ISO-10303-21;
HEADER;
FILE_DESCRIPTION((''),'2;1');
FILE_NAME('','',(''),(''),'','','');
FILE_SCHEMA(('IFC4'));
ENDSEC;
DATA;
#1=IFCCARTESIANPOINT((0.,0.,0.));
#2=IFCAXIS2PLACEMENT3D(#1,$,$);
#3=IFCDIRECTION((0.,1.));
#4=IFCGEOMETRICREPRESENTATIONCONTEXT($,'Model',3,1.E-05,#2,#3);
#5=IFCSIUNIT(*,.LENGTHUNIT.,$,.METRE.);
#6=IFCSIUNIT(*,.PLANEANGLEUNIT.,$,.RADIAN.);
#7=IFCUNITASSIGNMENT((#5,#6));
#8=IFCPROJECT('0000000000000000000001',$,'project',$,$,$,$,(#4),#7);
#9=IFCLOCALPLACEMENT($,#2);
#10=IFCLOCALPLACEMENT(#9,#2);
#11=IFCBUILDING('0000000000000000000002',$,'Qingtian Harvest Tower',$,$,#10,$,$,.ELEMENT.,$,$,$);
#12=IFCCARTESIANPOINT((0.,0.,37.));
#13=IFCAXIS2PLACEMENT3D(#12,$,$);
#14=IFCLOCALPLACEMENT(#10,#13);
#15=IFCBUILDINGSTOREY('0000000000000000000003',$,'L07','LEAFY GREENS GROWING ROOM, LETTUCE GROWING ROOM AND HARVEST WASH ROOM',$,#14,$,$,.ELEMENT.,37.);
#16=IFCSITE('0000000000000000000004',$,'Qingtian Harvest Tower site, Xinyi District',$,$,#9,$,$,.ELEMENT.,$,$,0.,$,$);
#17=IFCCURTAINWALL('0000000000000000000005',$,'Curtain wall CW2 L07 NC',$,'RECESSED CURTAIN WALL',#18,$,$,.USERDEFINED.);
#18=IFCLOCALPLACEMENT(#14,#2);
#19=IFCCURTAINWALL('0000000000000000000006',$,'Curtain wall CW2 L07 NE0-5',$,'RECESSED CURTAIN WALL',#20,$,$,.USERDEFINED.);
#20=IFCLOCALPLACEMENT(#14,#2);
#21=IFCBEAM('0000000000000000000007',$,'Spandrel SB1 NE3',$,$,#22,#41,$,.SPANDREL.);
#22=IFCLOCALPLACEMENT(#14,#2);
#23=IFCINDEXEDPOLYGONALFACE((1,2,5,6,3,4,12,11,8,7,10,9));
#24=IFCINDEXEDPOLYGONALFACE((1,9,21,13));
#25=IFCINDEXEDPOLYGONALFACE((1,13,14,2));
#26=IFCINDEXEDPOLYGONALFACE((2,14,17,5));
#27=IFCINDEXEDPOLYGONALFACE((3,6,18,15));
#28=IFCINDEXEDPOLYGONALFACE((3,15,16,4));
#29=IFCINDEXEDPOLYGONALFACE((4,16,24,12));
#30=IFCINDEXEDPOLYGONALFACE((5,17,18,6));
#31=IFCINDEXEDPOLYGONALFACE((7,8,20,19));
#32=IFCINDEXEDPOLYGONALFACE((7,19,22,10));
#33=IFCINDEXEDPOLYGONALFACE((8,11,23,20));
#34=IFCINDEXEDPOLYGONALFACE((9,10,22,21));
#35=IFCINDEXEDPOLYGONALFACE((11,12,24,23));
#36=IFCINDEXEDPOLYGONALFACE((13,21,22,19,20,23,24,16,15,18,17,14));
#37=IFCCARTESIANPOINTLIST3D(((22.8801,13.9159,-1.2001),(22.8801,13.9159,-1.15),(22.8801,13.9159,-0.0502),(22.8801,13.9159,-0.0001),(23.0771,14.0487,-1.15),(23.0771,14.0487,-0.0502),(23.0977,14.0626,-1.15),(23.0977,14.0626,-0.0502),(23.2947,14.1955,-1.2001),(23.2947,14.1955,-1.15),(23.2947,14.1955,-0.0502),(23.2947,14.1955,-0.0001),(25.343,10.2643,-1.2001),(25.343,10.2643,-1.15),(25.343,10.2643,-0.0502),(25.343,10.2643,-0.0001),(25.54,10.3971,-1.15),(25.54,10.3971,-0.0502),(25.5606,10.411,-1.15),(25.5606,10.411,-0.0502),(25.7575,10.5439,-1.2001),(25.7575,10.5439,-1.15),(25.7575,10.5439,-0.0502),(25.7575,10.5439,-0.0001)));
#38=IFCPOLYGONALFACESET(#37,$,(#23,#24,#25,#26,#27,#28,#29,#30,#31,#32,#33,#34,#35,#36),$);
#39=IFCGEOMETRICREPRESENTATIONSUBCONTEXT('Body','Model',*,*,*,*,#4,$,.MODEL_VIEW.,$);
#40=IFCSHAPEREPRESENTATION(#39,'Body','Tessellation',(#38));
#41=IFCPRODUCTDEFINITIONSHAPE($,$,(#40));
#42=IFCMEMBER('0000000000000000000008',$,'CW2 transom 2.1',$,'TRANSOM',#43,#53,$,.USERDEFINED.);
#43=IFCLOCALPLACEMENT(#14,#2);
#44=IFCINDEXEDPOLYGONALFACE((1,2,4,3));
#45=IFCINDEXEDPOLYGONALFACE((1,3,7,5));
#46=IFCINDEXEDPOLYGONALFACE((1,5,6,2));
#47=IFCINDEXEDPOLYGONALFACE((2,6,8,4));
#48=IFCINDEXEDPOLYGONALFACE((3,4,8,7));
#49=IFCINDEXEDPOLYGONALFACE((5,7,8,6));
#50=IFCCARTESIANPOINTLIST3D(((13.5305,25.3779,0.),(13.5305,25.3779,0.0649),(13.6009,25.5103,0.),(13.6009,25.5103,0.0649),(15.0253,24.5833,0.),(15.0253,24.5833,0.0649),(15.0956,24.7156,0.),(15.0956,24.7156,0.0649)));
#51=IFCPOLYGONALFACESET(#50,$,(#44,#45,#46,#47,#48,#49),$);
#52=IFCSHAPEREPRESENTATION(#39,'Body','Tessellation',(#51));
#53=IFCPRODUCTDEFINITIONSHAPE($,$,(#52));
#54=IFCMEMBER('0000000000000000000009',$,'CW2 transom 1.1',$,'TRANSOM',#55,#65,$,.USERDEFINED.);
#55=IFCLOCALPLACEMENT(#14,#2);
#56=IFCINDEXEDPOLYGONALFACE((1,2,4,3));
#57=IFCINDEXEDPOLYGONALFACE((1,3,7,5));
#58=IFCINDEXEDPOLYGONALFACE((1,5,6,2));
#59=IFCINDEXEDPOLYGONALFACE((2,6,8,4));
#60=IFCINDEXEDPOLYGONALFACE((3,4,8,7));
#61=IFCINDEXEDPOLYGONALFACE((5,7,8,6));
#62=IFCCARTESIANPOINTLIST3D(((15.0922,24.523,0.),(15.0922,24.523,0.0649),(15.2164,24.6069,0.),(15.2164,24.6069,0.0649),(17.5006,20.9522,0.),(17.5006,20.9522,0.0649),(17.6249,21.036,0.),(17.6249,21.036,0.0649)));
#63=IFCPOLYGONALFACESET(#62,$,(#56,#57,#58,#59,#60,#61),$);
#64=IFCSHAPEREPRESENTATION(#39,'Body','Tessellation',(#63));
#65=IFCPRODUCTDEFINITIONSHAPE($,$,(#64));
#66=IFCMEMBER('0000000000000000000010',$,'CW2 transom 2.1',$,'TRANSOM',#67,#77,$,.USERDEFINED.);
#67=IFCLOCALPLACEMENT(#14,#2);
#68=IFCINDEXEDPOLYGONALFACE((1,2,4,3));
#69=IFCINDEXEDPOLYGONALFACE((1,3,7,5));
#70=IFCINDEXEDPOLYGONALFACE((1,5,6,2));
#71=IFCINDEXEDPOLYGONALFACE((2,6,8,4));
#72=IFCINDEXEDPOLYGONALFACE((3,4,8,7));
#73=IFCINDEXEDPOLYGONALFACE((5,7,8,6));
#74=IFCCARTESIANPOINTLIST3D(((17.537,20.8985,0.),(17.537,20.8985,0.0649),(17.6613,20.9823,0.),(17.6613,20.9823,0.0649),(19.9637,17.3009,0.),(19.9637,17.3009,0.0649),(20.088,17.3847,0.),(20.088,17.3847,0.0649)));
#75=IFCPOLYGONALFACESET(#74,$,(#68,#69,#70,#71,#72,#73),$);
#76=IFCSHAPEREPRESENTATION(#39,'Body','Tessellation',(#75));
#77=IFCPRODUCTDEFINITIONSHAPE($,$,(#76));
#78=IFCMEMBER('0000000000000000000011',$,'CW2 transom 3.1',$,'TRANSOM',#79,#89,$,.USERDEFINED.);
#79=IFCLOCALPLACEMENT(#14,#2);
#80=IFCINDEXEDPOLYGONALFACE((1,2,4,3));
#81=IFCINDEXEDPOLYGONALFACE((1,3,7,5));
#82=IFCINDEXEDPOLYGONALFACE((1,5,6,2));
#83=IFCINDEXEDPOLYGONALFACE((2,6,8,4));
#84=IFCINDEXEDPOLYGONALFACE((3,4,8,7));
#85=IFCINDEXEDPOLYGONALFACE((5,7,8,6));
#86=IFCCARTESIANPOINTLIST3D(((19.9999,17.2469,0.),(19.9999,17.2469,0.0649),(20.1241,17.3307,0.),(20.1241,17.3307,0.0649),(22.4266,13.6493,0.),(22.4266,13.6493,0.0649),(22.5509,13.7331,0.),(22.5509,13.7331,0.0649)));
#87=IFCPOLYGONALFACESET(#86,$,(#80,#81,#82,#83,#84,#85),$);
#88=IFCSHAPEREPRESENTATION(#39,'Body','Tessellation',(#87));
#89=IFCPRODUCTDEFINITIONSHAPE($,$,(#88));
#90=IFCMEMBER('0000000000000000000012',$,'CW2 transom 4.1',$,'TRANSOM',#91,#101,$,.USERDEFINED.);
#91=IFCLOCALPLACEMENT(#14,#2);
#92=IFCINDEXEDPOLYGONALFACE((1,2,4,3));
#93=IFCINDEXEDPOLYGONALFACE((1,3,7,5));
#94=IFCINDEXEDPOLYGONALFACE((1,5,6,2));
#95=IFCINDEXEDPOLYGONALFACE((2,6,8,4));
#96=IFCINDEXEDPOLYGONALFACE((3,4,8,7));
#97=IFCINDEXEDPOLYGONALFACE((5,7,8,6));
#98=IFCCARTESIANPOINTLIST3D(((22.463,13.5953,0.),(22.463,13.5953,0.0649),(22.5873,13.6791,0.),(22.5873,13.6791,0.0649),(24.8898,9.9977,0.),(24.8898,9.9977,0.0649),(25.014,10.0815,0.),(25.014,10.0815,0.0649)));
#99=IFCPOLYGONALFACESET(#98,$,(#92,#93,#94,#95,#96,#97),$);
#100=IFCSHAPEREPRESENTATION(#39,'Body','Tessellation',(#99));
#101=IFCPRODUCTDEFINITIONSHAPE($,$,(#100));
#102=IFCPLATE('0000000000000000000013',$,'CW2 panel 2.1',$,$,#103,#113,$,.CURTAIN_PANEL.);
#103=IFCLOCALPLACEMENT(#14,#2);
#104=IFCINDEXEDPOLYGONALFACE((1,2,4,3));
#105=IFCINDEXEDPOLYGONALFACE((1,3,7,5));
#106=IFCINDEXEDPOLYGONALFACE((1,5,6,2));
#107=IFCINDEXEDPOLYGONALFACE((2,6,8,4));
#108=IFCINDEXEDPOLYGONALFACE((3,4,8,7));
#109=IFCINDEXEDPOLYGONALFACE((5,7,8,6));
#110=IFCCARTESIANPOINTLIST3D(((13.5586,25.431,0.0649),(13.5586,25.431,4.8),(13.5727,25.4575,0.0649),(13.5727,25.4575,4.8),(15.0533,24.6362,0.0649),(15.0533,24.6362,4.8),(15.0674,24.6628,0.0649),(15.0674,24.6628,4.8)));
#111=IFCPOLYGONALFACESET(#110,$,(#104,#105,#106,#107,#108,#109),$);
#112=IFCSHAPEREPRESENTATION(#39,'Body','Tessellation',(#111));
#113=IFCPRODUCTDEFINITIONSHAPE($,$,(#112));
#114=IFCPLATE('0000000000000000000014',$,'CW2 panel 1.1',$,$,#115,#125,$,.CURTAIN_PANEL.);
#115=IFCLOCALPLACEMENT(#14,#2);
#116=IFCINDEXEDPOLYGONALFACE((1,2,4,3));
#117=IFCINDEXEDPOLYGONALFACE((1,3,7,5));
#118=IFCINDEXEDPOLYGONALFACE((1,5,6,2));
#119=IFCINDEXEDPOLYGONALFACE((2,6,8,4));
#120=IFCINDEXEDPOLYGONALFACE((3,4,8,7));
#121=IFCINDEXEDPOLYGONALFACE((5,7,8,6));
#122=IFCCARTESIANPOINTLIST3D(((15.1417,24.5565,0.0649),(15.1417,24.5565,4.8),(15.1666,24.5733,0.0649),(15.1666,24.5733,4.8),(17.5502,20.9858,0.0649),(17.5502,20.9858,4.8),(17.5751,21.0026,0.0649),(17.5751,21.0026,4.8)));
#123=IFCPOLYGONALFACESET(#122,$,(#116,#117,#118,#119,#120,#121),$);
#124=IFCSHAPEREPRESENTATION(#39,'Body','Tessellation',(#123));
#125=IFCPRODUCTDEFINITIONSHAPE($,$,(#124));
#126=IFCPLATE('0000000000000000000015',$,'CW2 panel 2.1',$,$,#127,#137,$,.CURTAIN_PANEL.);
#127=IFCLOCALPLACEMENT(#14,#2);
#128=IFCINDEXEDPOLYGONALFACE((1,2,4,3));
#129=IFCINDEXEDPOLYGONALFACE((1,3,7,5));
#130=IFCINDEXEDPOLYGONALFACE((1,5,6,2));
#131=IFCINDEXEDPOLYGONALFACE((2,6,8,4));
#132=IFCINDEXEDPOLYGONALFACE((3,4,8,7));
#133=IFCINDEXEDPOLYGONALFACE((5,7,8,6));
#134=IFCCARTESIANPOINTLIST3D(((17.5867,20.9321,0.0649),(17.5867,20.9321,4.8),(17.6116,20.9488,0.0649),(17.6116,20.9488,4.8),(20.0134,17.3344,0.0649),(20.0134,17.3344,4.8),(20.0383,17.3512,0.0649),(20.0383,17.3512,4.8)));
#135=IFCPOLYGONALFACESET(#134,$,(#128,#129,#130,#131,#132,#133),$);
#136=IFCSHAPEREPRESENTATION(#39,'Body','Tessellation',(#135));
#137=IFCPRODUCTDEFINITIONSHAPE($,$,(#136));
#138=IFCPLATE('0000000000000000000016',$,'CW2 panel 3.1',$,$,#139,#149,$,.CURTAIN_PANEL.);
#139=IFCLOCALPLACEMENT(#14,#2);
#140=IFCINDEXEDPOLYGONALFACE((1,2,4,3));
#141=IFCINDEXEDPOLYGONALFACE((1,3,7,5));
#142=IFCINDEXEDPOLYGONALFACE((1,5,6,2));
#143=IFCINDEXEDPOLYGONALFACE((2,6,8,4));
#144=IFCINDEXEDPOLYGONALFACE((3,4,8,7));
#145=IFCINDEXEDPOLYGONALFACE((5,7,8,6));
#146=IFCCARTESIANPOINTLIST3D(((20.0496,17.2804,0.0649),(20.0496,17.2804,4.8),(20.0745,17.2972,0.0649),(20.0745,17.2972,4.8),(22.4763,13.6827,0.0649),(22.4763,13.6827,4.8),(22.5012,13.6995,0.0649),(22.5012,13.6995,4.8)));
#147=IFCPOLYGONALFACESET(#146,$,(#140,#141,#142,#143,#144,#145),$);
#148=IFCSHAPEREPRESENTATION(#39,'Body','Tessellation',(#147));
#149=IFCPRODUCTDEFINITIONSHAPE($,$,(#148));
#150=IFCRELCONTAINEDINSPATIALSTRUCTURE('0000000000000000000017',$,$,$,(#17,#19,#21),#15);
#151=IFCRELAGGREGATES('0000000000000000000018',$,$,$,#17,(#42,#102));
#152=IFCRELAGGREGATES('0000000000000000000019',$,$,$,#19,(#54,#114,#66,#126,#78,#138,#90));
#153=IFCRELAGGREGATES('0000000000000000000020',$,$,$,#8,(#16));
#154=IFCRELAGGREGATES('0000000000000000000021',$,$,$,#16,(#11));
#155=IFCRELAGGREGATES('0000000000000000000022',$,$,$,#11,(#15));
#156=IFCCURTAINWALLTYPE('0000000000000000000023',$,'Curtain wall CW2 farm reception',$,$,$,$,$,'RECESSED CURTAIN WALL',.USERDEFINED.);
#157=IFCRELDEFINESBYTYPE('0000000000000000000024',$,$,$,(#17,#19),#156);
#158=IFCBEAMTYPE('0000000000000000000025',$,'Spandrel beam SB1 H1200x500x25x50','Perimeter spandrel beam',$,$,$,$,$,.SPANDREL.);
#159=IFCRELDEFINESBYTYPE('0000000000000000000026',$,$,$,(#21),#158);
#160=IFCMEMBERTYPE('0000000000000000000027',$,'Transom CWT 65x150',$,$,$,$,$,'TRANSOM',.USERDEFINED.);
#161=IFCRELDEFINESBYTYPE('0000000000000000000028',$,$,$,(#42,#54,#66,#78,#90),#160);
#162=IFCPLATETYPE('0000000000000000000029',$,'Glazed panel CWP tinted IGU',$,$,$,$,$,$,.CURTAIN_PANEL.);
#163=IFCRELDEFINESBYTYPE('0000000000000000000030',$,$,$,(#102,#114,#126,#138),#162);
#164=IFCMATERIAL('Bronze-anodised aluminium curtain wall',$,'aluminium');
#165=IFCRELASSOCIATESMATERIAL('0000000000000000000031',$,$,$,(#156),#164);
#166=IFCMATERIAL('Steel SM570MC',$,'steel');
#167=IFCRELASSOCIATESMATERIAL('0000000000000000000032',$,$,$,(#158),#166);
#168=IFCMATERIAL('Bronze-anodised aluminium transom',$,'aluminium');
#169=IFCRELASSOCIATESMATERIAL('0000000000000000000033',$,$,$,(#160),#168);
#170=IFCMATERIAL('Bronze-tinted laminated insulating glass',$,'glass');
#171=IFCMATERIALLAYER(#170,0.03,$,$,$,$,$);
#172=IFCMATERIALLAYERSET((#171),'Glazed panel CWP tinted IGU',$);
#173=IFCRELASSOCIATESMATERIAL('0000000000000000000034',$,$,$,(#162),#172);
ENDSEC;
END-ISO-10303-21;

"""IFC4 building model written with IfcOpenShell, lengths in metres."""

from ifc_helpers import new_model, si_unit, direction, frame, origin, origin_2d, place, context, subcontext, project, spatial, rectangle, i_section, extrude, material, layer, layer_set, material_profile, profile_set, type_object, element, aggregate, save


model = new_model("IFC4")

# Units and contexts
model_context = context("Model", 3, precision=1e-05, world=origin(), true_north=direction((0.0, 1.0)))
body_context = subcontext(model_context, "Body", "Model", "MODEL_VIEW")
ifc_project = project(units=[si_unit("LENGTHUNIT", "METRE"), si_unit("PLANEANGLEUNIT", "RADIAN")], contexts=[model_context])

# Site, building, storey
site_placement = place(None, origin())
site = spatial("IfcSite", under=ifc_project, at=site_placement, Name="Qingtian Harvest Tower site, Xinyi District", CompositionType="ELEMENT", RefElevation=0.0)
building_placement = place(site_placement, origin())
building = spatial("IfcBuilding", under=site, at=building_placement, Name="Qingtian Harvest Tower", CompositionType="ELEMENT")
storey_placement = place(building_placement, frame((0.0, 0.0, 37.0)))
storey = spatial("IfcBuildingStorey", under=building, at=storey_placement, Name="L07", Description="LEAFY GREENS GROWING ROOM, LETTUCE GROWING ROOM AND HARVEST WASH ROOM", CompositionType="ELEMENT", Elevation=37.0)

# Curtain wall
ifc_material_1 = material(Name="Bronze-anodised aluminium curtain wall", Category="aluminium")
curtain_wall_type = type_object("IfcCurtainWallType", Name="Curtain wall CW2 farm reception", ElementType="RECESSED CURTAIN WALL", PredefinedType="USERDEFINED", material=ifc_material_1)
curtain_wall_1_placement = place(storey_placement, origin())
curtain_wall_1 = element("IfcCurtainWall", 1, at=curtain_wall_1_placement, inside=storey, type_object=curtain_wall_type, Name="Curtain wall CW2 L07 NC", ObjectType="RECESSED CURTAIN WALL", PredefinedType="USERDEFINED")

# Curtain wall
curtain_wall_2_placement = place(storey_placement, origin())
curtain_wall_2 = element("IfcCurtainWall", 2, at=curtain_wall_2_placement, inside=storey, type_object=curtain_wall_type, Name="Curtain wall CW2 L07 NE0-5", ObjectType="RECESSED CURTAIN WALL", PredefinedType="USERDEFINED")

# Beam
ifc_material_2 = material(Name="Steel SM570MC", Category="steel")
ifc_material_profile_1 = material_profile(ifc_material_2, i_section(OverallWidth=0.5, OverallDepth=1.2, WebThickness=0.0249, FlangeThickness=0.05, at=origin_2d()), Name="H1200x500x25x50")
ifc_profile_set_1 = profile_set([ifc_material_profile_1], Name="Steel SM570MC")
beam_type_1 = type_object("IfcBeamType", Name="Spandrel beam SB1 H1200x500x25x50", Description="Perimeter spandrel beam", PredefinedType="SPANDREL", material=ifc_profile_set_1)
for number, where, z_axis, x_axis, name in (
    (3, (23.0874, 14.0557, -0.6001), (0.559169, -0.829054, 0.0), (0.829054, 0.559169, 0.0), "Spandrel SB1 NE3"),
):
    element("IfcBeam", number, at=place(storey_placement, frame(where, z_axis=z_axis, x_axis=x_axis)), inside=storey, type_object=beam_type_1, Name=name, PredefinedType="SPANDREL", context=body_context, shape_type="SweptSolid", body=[
        extrude(i_section(OverallWidth=0.5, OverallDepth=1.2, WebThickness=0.0249, FlangeThickness=0.05, at=origin_2d()), origin(), (0.0, 0.0, 1.0), 4.4045),
    ])

# Members
ifc_material_3 = material(Name="Bronze-anodised aluminium transom", Category="aluminium")
ifc_material_profile_2 = material_profile(ifc_material_3, rectangle(XDim=0.1499, YDim=0.0649, at=origin_2d()), Name="AL 65x150")
ifc_profile_set_2 = profile_set([ifc_material_profile_2], Name="Bronze-anodised aluminium transom")
member_type_1 = type_object("IfcMemberType", Name="Transom CWT 65x150", ElementType="TRANSOM", PredefinedType="USERDEFINED", material=ifc_profile_set_2)
member_1_placement = place(storey_placement, frame((13.5657, 25.4441, 0.0325), z_axis=(0.882987, -0.469398, 0.0), x_axis=(0.469398, 0.882987, 0.0)))
member_1 = element("IfcMember", 4, at=member_1_placement, type_object=member_type_1, Name="CW2 transom 2.1", ObjectType="TRANSOM", PredefinedType="USERDEFINED", context=body_context, shape_type="SweptSolid", body=[
    extrude(rectangle(XDim=0.1499, YDim=0.0649, at=origin_2d()), origin(), (0.0, 0.0, 1.0), 1.6929),
])
member_2_placement = place(storey_placement, frame((15.1543, 24.5649, 0.0325), z_axis=(0.559179, -0.829047, 0.0), x_axis=(0.829047, 0.559179, 0.0)))
member_2 = element("IfcMember", 5, at=member_2_placement, type_object=member_type_1, Name="CW2 transom 1.1", ObjectType="TRANSOM", PredefinedType="USERDEFINED", context=body_context, shape_type="SweptSolid", body=[
    extrude(rectangle(XDim=0.1499, YDim=0.0649, at=origin_2d()), origin(), (0.0, 0.0, 1.0), 4.3071),
])
member_3_placement = place(storey_placement, frame((17.5991, 20.9404, 0.0325), z_axis=(0.55921, -0.829026, 0.0), x_axis=(0.829026, 0.55921, 0.0)))
member_3 = element("IfcMember", 6, at=member_3_placement, type_object=member_type_1, Name="CW2 transom 2.1", ObjectType="TRANSOM", PredefinedType="USERDEFINED", context=body_context, shape_type="SweptSolid", body=[
    extrude(rectangle(XDim=0.1499, YDim=0.0649, at=origin_2d()), origin(), (0.0, 0.0, 1.0), 4.3396),
])
member_4_placement = place(storey_placement, frame((20.062, 17.2888, 0.0325), z_axis=(0.55921, -0.829026, 0.0), x_axis=(0.829026, 0.55921, 0.0)))
member_4 = element("IfcMember", 7, at=member_4_placement, type_object=member_type_1, Name="CW2 transom 3.1", ObjectType="TRANSOM", PredefinedType="USERDEFINED", context=body_context, shape_type="SweptSolid", body=[
    extrude(rectangle(XDim=0.1499, YDim=0.0649, at=origin_2d()), origin(), (0.0, 0.0, 1.0), 4.3396),
])
member_5_placement = place(storey_placement, frame((22.5251, 13.6372, 0.0325), z_axis=(0.55921, -0.829026, 0.0), x_axis=(0.829026, 0.55921, 0.0)))
member_5 = element("IfcMember", 8, at=member_5_placement, type_object=member_type_1, Name="CW2 transom 4.1", ObjectType="TRANSOM", PredefinedType="USERDEFINED", context=body_context, shape_type="SweptSolid", body=[
    extrude(rectangle(XDim=0.1499, YDim=0.0649, at=origin_2d()), origin(), (0.0, 0.0, 1.0), 4.3396),
])

# Plates
ifc_material_4 = material(Name="Bronze-tinted laminated insulating glass", Category="glass")
ifc_layer = layer(ifc_material_4, 0.03)
ifc_layer_set = layer_set([ifc_layer], Name="Glazed panel CWP tinted IGU")
plate_type = type_object("IfcPlateType", Name="Glazed panel CWP tinted IGU", PredefinedType="CURTAIN_PANEL", material=ifc_layer_set)
plate_1_placement = place(storey_placement, frame((14.313, 25.0469, 0.0649), z_axis=(0.0, 0.0, 1.0), x_axis=(0.882948, -0.469472, 0.0)))
plate_1 = element("IfcPlate", 9, at=plate_1_placement, type_object=plate_type, Name="CW2 panel 2.1", PredefinedType="CURTAIN_PANEL", context=body_context, shape_type="SweptSolid", body=[
    extrude(rectangle(XDim=1.6929, YDim=0.03, at=origin_2d()), origin(), (0.0, 0.0, 1.0), 4.7351),
])
aggregate(curtain_wall_1, [member_1, plate_1])
plate_2_placement = place(storey_placement, frame((16.3584, 22.7795, 0.0649), z_axis=(0.0, 0.0, 1.0), x_axis=(0.559193, -0.829038, 0.0)))
plate_2 = element("IfcPlate", 10, at=plate_2_placement, type_object=plate_type, Name="CW2 panel 1.1", PredefinedType="CURTAIN_PANEL", context=body_context, shape_type="SweptSolid", body=[
    extrude(rectangle(XDim=4.3071, YDim=0.03, at=origin_2d()), origin(), (0.0, 0.0, 1.0), 4.7351),
])
plate_3_placement = place(storey_placement, frame((18.8125, 19.1416, 0.0649), z_axis=(0.0, 0.0, 1.0), x_axis=(0.559193, -0.829038, 0.0)))
plate_3 = element("IfcPlate", 11, at=plate_3_placement, type_object=plate_type, Name="CW2 panel 2.1", PredefinedType="CURTAIN_PANEL", context=body_context, shape_type="SweptSolid", body=[
    extrude(rectangle(XDim=4.3396, YDim=0.03, at=origin_2d()), origin(), (0.0, 0.0, 1.0), 4.7351),
])
plate_4_placement = place(storey_placement, frame((21.2754, 15.49, 0.0649), z_axis=(0.0, 0.0, 1.0), x_axis=(0.559193, -0.829038, 0.0)))
plate_4 = element("IfcPlate", 12, at=plate_4_placement, type_object=plate_type, Name="CW2 panel 3.1", PredefinedType="CURTAIN_PANEL", context=body_context, shape_type="SweptSolid", body=[
    extrude(rectangle(XDim=4.3396, YDim=0.03, at=origin_2d()), origin(), (0.0, 0.0, 1.0), 4.7351),
])
aggregate(curtain_wall_2, [member_2, plate_2, member_3, plate_3, member_4, plate_4, member_5])

save(model, "model.ifc")
